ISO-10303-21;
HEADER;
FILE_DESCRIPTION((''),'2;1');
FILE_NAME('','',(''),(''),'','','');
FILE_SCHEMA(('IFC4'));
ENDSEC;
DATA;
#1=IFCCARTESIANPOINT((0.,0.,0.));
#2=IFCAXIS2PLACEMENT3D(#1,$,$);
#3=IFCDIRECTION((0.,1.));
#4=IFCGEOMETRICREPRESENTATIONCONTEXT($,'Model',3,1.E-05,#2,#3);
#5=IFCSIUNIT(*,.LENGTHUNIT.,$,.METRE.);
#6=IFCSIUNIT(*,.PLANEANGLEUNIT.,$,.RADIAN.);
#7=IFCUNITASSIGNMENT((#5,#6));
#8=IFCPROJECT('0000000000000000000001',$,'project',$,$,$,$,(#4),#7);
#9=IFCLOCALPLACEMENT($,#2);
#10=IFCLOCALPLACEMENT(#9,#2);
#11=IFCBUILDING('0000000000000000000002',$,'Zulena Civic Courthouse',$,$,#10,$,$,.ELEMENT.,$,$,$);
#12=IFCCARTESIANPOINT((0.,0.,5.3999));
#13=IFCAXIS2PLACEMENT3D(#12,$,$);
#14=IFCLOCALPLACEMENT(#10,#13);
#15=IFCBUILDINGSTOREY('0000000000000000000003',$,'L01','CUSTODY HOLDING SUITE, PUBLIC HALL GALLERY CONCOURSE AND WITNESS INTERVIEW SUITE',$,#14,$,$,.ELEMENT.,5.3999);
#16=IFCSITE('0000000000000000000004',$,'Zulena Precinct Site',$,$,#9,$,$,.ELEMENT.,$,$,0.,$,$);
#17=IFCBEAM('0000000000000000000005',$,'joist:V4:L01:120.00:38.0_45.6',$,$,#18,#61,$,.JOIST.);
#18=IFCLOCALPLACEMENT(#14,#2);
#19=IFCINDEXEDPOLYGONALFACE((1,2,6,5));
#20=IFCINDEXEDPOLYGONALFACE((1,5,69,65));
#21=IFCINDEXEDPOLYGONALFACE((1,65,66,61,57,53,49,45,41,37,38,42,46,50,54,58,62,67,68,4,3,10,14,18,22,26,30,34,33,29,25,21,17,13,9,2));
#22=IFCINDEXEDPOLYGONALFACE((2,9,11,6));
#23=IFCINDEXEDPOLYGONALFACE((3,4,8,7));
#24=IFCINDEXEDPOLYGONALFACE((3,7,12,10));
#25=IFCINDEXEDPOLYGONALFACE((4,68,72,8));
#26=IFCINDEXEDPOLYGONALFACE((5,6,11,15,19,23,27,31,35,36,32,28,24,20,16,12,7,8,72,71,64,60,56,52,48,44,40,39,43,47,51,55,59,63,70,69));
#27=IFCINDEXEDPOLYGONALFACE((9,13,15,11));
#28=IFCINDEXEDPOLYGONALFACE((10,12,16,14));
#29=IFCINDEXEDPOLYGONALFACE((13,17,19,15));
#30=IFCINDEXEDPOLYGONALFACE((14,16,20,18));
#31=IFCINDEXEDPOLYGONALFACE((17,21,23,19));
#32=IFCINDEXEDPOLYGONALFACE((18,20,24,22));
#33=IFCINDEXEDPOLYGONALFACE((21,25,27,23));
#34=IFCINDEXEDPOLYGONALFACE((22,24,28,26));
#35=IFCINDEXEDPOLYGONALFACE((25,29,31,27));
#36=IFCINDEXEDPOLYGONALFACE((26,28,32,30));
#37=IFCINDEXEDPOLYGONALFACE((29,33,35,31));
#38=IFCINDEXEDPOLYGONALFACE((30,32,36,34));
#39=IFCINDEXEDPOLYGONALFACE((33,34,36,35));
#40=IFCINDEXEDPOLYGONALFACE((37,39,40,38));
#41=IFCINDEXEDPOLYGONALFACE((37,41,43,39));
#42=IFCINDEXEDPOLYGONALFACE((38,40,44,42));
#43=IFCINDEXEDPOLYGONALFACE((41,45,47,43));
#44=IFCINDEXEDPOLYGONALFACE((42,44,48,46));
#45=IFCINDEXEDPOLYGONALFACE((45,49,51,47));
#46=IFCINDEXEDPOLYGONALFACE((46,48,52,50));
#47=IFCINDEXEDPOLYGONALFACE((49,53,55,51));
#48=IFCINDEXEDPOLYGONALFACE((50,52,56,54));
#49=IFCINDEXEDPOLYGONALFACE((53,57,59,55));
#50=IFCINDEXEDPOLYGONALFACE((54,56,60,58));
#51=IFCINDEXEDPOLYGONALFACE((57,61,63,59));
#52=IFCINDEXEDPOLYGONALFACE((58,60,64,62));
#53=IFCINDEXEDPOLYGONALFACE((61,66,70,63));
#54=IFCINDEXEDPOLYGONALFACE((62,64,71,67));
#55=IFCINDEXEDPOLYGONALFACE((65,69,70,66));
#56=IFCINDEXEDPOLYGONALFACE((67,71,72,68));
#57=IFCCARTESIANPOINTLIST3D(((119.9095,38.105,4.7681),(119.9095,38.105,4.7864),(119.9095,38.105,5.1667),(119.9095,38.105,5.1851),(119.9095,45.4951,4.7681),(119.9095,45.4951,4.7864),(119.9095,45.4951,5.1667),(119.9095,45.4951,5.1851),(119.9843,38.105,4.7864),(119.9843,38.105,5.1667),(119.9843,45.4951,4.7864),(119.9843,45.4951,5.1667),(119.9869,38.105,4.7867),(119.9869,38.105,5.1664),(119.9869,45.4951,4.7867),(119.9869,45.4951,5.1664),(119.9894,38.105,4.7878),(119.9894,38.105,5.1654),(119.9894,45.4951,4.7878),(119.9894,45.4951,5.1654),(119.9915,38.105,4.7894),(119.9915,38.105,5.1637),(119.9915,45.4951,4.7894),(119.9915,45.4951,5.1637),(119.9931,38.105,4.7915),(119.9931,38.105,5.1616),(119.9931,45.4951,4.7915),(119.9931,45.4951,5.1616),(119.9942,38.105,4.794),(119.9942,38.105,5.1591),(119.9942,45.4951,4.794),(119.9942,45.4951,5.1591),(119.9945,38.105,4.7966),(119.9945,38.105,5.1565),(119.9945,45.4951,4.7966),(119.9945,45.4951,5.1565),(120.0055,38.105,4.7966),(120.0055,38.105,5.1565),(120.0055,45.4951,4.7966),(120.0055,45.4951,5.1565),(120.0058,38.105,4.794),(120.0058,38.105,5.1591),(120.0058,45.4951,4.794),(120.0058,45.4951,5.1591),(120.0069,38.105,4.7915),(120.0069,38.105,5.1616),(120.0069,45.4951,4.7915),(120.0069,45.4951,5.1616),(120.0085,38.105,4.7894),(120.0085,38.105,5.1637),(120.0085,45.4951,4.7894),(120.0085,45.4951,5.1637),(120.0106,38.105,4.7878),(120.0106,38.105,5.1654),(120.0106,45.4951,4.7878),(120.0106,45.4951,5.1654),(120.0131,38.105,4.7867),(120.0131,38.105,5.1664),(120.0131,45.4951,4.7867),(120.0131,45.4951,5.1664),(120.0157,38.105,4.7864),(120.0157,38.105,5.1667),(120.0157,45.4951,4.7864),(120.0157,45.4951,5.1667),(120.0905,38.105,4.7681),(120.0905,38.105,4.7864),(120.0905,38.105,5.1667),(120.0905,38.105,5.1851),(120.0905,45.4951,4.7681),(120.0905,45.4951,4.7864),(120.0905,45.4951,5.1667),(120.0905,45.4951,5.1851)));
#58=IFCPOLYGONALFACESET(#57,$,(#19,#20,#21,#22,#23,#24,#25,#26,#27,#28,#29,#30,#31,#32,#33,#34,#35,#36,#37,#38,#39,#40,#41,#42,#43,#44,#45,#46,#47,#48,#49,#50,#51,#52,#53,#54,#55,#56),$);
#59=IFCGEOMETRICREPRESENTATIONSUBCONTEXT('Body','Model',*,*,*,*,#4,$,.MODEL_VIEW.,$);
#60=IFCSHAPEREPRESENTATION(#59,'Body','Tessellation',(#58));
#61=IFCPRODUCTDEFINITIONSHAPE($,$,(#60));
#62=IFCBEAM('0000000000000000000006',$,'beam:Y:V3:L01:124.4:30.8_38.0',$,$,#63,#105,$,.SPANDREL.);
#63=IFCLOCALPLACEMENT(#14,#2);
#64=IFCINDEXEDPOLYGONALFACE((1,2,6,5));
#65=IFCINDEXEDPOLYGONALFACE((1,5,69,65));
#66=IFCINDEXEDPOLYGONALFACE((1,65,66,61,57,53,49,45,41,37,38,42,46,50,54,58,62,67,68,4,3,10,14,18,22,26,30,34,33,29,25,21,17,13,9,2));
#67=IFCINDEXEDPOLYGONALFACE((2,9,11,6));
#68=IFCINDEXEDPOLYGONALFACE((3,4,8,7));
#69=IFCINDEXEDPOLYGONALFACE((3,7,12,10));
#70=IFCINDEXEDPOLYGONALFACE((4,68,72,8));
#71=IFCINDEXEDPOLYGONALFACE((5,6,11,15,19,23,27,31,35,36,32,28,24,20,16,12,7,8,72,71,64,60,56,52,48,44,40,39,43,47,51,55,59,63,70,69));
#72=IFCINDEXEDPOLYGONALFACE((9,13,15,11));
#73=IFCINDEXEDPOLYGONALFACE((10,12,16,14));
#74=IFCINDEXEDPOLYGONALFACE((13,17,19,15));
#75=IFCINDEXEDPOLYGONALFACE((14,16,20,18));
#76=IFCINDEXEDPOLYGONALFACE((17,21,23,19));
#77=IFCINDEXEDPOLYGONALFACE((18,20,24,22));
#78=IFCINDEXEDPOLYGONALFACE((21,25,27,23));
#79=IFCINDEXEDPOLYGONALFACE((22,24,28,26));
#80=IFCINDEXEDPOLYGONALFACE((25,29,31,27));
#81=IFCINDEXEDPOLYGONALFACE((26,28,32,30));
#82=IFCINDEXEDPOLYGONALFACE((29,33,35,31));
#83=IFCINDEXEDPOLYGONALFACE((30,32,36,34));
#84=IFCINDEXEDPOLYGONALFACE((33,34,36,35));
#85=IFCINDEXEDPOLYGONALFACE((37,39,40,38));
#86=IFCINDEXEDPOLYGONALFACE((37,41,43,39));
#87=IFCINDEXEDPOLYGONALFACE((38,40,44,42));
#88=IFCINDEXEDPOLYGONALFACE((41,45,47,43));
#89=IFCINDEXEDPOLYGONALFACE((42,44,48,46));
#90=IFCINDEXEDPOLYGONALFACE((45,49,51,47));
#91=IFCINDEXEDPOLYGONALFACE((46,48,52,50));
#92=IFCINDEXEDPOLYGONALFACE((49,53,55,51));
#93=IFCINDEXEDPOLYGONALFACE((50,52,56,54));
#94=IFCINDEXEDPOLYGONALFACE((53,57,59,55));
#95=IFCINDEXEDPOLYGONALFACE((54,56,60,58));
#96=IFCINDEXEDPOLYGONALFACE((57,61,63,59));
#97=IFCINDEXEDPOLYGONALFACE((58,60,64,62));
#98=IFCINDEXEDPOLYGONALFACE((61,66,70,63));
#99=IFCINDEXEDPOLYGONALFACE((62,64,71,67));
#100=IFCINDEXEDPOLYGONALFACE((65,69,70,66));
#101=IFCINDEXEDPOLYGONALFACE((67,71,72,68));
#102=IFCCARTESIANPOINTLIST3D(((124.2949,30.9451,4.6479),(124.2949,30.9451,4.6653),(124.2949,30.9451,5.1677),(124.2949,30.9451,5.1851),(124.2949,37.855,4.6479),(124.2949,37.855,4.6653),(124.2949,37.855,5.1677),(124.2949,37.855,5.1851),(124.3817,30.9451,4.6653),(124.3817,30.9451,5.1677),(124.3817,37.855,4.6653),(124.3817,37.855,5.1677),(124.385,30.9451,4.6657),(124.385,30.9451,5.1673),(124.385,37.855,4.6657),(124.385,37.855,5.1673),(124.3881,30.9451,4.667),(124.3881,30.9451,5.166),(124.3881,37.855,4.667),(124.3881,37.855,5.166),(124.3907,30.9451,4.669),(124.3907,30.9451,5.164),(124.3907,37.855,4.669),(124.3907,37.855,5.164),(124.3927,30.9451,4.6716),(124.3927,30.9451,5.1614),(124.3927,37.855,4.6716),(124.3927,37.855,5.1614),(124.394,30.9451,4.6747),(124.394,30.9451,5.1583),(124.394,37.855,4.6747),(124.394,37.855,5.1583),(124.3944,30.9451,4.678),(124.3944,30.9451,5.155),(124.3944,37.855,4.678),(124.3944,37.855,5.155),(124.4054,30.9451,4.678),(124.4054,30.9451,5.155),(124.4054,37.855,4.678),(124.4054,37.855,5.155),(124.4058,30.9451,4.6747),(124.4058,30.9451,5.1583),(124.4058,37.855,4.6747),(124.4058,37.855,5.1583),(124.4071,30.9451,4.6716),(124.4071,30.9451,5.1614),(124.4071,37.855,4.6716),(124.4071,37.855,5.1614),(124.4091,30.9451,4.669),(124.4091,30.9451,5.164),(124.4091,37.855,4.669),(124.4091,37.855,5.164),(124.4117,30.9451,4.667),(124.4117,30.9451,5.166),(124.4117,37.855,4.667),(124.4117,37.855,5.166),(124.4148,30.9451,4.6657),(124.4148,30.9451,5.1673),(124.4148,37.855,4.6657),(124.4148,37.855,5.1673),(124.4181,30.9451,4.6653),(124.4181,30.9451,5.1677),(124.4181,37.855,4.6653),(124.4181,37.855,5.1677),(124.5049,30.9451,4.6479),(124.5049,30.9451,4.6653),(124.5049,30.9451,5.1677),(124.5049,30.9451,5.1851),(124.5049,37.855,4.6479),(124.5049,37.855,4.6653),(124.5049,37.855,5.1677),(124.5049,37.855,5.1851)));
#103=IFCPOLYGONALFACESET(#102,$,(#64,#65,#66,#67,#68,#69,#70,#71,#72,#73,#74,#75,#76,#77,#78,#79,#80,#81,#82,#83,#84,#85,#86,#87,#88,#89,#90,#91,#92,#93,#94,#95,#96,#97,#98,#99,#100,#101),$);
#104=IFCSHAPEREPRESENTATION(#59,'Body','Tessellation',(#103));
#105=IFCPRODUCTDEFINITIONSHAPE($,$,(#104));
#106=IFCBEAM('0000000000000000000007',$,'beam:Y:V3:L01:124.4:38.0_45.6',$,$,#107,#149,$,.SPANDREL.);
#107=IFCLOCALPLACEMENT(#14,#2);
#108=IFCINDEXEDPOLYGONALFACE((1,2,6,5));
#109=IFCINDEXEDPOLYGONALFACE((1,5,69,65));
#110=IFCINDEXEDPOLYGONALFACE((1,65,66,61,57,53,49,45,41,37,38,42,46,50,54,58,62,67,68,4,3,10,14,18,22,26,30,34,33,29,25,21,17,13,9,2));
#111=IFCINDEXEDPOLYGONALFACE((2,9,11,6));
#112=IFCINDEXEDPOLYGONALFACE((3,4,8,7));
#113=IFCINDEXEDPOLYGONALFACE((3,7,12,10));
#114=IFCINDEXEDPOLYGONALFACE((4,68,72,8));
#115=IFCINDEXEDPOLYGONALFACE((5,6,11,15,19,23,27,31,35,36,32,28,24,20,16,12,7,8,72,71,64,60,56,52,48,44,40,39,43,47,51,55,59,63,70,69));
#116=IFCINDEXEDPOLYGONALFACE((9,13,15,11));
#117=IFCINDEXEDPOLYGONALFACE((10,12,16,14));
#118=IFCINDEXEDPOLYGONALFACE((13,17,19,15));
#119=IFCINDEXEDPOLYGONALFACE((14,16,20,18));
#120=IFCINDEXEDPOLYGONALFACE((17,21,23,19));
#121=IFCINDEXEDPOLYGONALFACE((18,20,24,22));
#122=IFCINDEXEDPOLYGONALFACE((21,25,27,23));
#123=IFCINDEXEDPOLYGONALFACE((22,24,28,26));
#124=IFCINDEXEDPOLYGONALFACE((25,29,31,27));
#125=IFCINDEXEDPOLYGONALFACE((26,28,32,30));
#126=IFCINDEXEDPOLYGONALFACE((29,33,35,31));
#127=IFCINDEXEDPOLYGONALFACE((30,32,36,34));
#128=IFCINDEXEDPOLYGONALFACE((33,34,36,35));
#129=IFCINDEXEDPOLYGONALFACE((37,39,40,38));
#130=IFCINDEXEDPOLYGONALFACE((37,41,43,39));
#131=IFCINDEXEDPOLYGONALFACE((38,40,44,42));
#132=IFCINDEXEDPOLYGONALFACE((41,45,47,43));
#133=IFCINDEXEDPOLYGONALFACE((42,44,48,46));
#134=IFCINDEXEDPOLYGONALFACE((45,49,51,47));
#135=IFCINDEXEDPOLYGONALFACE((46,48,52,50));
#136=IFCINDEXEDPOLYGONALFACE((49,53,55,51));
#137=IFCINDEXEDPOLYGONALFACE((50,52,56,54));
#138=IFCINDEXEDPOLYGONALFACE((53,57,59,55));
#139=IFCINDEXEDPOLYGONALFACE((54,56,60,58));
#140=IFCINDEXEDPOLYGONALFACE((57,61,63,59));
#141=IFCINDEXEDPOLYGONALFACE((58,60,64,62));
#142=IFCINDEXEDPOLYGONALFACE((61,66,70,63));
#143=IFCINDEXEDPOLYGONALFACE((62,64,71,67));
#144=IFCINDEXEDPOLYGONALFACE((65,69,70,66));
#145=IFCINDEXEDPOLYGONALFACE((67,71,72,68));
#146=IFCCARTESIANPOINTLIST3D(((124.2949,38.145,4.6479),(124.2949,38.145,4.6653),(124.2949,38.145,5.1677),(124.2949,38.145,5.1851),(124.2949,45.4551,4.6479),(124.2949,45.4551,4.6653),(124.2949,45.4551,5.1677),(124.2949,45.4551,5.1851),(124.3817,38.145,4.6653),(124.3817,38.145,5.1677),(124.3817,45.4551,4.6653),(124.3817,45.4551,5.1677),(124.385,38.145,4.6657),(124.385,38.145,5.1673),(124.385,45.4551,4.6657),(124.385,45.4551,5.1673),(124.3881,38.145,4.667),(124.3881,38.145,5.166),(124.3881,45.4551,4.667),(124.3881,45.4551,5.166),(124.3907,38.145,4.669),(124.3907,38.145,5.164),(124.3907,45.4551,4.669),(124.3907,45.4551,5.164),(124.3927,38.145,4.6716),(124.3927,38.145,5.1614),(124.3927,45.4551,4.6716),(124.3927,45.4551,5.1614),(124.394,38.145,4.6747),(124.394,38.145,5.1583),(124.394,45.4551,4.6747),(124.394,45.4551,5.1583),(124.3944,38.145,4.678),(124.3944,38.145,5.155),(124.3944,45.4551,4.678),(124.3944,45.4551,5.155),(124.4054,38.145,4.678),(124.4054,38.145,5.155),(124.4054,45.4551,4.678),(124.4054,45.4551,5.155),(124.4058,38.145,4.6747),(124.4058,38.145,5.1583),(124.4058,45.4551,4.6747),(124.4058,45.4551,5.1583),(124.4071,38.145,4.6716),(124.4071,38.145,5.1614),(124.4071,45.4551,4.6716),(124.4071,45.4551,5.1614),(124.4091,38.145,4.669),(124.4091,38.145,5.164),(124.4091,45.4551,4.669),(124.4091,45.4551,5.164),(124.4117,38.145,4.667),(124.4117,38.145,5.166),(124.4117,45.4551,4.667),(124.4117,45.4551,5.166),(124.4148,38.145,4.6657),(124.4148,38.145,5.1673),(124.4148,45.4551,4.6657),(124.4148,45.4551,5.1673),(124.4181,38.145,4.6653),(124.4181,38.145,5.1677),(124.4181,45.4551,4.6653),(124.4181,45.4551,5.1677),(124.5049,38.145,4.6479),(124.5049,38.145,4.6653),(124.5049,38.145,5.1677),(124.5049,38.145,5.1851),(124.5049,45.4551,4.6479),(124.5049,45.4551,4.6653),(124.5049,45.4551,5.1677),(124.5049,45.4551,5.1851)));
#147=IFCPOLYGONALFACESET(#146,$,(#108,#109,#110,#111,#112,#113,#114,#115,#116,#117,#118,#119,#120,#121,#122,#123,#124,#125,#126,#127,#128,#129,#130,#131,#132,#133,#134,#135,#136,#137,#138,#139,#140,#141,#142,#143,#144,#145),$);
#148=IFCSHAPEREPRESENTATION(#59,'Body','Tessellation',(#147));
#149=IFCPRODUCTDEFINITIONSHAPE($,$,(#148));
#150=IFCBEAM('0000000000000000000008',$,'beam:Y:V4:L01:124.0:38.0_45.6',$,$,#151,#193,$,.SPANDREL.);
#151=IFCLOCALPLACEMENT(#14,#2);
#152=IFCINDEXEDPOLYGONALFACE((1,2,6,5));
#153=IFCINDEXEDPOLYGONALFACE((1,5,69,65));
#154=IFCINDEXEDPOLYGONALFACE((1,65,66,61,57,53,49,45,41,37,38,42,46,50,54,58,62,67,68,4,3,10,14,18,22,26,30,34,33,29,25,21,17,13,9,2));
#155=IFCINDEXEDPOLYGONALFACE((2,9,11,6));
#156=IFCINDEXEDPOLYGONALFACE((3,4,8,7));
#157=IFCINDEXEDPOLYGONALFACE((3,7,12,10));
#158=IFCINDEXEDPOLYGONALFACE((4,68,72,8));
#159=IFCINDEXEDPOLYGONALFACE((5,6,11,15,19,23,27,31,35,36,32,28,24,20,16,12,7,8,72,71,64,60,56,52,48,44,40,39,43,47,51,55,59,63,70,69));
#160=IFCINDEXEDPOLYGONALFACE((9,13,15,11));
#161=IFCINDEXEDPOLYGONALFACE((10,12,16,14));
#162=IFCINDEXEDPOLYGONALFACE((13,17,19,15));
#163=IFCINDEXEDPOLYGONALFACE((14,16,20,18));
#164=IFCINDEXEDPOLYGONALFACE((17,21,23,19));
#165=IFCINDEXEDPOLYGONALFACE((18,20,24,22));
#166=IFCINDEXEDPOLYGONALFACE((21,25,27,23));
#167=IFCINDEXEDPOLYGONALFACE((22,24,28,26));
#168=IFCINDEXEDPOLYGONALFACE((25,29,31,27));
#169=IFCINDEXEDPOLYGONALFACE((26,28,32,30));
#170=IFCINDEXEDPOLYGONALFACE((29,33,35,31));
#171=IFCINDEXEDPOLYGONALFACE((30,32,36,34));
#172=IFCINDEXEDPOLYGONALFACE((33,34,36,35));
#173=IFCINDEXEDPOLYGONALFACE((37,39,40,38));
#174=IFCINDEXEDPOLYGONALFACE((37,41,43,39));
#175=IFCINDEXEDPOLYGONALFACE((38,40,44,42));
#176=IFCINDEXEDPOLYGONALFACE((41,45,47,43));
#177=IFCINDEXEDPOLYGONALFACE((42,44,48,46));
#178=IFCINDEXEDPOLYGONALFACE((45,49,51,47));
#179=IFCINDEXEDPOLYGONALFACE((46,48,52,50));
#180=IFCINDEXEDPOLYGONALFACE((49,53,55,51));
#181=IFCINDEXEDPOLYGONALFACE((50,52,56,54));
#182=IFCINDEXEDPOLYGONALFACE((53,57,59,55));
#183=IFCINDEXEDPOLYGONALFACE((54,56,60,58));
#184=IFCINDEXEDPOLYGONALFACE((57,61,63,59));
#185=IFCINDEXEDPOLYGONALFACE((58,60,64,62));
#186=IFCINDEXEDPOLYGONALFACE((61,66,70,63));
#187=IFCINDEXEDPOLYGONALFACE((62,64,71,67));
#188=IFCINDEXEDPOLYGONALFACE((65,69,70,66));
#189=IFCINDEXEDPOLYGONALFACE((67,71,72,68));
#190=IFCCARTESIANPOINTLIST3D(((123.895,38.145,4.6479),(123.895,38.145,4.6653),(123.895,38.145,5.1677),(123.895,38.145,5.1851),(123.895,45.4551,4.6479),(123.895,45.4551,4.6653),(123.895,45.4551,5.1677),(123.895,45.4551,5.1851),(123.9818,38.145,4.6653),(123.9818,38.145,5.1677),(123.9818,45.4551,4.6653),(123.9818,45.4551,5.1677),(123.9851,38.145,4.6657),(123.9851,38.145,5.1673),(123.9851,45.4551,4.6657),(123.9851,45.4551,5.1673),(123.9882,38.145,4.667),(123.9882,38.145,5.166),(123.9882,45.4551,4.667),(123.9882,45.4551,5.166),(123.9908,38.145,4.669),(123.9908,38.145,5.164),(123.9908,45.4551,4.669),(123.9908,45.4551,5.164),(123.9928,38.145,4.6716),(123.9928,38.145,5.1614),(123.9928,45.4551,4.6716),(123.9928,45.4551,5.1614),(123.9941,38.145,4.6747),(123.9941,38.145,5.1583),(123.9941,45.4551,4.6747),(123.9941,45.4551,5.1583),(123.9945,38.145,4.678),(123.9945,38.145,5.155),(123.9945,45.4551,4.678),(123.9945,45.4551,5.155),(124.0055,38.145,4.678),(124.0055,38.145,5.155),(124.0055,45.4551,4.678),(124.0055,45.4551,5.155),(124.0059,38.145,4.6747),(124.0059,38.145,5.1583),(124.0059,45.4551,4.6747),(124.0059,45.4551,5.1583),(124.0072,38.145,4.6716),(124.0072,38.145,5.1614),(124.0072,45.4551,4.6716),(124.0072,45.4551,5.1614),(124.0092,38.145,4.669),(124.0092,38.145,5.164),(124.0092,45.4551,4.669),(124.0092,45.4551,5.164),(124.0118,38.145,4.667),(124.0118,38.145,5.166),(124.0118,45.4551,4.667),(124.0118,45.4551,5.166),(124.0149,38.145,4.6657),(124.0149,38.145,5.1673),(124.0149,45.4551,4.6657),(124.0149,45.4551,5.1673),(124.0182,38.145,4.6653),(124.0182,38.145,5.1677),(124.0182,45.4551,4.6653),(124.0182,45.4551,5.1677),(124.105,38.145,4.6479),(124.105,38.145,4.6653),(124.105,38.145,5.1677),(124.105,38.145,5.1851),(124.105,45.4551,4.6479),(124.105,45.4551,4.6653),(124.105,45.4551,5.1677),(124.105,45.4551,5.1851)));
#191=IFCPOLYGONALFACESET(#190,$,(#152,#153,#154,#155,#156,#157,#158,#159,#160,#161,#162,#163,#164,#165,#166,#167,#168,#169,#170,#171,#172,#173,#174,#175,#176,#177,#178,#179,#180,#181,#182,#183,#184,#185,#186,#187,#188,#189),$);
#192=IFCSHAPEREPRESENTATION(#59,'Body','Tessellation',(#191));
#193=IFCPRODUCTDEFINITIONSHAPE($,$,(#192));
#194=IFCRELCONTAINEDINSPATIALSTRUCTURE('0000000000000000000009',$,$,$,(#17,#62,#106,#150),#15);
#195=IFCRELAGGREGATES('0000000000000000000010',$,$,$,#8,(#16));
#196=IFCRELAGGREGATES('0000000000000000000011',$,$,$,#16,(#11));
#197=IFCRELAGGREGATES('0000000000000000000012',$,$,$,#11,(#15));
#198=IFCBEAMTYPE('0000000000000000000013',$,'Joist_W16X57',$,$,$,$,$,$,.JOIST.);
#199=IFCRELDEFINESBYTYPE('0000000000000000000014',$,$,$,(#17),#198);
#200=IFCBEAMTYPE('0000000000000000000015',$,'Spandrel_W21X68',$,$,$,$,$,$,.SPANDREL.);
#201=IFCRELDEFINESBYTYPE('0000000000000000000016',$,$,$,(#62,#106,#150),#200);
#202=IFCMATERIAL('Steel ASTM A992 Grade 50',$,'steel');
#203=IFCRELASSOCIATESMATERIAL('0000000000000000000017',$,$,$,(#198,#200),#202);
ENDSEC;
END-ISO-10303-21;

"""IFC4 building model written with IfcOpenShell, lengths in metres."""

from ifc_helpers import new_model, si_unit, direction, frame, origin, origin_2d, place, context, subcontext, project, spatial, i_section, extrude, material, material_profile, profile_set, type_object, element, save


model = new_model("IFC4")

# Units and contexts
model_context = context("Model", 3, precision=1e-05, world=origin(), true_north=direction((0.0, 1.0)))
body_context = subcontext(model_context, "Body", "Model", "MODEL_VIEW")
ifc_project = project(units=[si_unit("LENGTHUNIT", "METRE"), si_unit("PLANEANGLEUNIT", "RADIAN")], contexts=[model_context])

# Site, building, storey
site_placement = place(None, origin())
site = spatial("IfcSite", under=ifc_project, at=site_placement, Name="Zulena Precinct Site", CompositionType="ELEMENT", RefElevation=0.0)
building_placement = place(site_placement, origin())
building = spatial("IfcBuilding", under=site, at=building_placement, Name="Zulena Civic Courthouse", CompositionType="ELEMENT")
storey_placement = place(building_placement, frame((0.0, 0.0, 5.3999)))
storey = spatial("IfcBuildingStorey", under=building, at=storey_placement, Name="L01", Description="CUSTODY HOLDING SUITE, PUBLIC HALL GALLERY CONCOURSE AND WITNESS INTERVIEW SUITE", CompositionType="ELEMENT", Elevation=5.3999)

# Shared definitions
ifc_material_1 = material(Name="Steel ASTM A992 Grade 50", Category="steel")

# Beams
ifc_material_profile_1 = material_profile(ifc_material_1, i_section(OverallWidth=0.1809, OverallDepth=0.417, WebThickness=0.011, FlangeThickness=0.0183, FilletRadius=0.0103, at=origin_2d()), Name="W16X57")
ifc_profile_set_1 = profile_set([ifc_material_profile_1], Name="Steel ASTM A992 Grade 50")
beam_type_1 = type_object("IfcBeamType", Name="Joist_W16X57", PredefinedType="JOIST", material=ifc_profile_set_1)
beam_1_placement = place(storey_placement, frame((120.0, 38.105, 4.9766), z_axis=(0.0, 1.0, 0.0), x_axis=(-1.0, 0.0, 0.0)))
element("IfcBeam", 1, at=beam_1_placement, inside=storey, type_object=beam_type_1, Name="joist:V4:L01:120.00:38.0_45.6", PredefinedType="JOIST", context=body_context, shape_type="SweptSolid", body=[
    extrude(i_section(OverallWidth=0.1809, OverallDepth=0.417, WebThickness=0.011, FlangeThickness=0.0183, FilletRadius=0.0103, at=origin_2d()), origin(), (0.0, 0.0, 1.0), 7.3901),
])
ifc_material_profile_2 = material_profile(ifc_material_1, i_section(OverallWidth=0.21, OverallDepth=0.5371, WebThickness=0.011, FlangeThickness=0.0173, FilletRadius=0.0127, at=origin_2d()), Name="W21X68")
ifc_profile_set_2 = profile_set([ifc_material_profile_2], Name="Steel ASTM A992 Grade 50")
beam_type_2 = type_object("IfcBeamType", Name="Spandrel_W21X68", PredefinedType="SPANDREL", material=ifc_profile_set_2)
beam_2_placement = place(storey_placement, frame((124.3999, 30.9451, 4.9165), z_axis=(0.0, 1.0, 0.0), x_axis=(-1.0, 0.0, 0.0)))
element("IfcBeam", 2, at=beam_2_placement, inside=storey, type_object=beam_type_2, Name="beam:Y:V3:L01:124.4:30.8_38.0", PredefinedType="SPANDREL", context=body_context, shape_type="SweptSolid", body=[
    extrude(i_section(OverallWidth=0.21, OverallDepth=0.5371, WebThickness=0.011, FlangeThickness=0.0173, FilletRadius=0.0127, at=origin_2d()), origin(), (0.0, 0.0, 1.0), 6.9099),
])
for number, where, z_axis, x_axis, name in (
    (3, (124.3999, 38.145, 4.9165), (0.0, 1.0, 0.0), (-1.0, 0.0, 0.0), "beam:Y:V3:L01:124.4:38.0_45.6"),
    (4, (124.0, 38.145, 4.9165), (0.0, 1.0, 0.0), (-1.0, 0.0, 0.0), "beam:Y:V4:L01:124.0:38.0_45.6"),
):
    element("IfcBeam", number, at=place(storey_placement, frame(where, z_axis=z_axis, x_axis=x_axis)), inside=storey, type_object=beam_type_2, Name=name, PredefinedType="SPANDREL", context=body_context, shape_type="SweptSolid", body=[
        extrude(i_section(OverallWidth=0.21, OverallDepth=0.5371, WebThickness=0.011, FlangeThickness=0.0173, FilletRadius=0.0127, at=origin_2d()), origin(), (0.0, 0.0, 1.0), 7.3101),
    ])

save(model, "model.ifc")
